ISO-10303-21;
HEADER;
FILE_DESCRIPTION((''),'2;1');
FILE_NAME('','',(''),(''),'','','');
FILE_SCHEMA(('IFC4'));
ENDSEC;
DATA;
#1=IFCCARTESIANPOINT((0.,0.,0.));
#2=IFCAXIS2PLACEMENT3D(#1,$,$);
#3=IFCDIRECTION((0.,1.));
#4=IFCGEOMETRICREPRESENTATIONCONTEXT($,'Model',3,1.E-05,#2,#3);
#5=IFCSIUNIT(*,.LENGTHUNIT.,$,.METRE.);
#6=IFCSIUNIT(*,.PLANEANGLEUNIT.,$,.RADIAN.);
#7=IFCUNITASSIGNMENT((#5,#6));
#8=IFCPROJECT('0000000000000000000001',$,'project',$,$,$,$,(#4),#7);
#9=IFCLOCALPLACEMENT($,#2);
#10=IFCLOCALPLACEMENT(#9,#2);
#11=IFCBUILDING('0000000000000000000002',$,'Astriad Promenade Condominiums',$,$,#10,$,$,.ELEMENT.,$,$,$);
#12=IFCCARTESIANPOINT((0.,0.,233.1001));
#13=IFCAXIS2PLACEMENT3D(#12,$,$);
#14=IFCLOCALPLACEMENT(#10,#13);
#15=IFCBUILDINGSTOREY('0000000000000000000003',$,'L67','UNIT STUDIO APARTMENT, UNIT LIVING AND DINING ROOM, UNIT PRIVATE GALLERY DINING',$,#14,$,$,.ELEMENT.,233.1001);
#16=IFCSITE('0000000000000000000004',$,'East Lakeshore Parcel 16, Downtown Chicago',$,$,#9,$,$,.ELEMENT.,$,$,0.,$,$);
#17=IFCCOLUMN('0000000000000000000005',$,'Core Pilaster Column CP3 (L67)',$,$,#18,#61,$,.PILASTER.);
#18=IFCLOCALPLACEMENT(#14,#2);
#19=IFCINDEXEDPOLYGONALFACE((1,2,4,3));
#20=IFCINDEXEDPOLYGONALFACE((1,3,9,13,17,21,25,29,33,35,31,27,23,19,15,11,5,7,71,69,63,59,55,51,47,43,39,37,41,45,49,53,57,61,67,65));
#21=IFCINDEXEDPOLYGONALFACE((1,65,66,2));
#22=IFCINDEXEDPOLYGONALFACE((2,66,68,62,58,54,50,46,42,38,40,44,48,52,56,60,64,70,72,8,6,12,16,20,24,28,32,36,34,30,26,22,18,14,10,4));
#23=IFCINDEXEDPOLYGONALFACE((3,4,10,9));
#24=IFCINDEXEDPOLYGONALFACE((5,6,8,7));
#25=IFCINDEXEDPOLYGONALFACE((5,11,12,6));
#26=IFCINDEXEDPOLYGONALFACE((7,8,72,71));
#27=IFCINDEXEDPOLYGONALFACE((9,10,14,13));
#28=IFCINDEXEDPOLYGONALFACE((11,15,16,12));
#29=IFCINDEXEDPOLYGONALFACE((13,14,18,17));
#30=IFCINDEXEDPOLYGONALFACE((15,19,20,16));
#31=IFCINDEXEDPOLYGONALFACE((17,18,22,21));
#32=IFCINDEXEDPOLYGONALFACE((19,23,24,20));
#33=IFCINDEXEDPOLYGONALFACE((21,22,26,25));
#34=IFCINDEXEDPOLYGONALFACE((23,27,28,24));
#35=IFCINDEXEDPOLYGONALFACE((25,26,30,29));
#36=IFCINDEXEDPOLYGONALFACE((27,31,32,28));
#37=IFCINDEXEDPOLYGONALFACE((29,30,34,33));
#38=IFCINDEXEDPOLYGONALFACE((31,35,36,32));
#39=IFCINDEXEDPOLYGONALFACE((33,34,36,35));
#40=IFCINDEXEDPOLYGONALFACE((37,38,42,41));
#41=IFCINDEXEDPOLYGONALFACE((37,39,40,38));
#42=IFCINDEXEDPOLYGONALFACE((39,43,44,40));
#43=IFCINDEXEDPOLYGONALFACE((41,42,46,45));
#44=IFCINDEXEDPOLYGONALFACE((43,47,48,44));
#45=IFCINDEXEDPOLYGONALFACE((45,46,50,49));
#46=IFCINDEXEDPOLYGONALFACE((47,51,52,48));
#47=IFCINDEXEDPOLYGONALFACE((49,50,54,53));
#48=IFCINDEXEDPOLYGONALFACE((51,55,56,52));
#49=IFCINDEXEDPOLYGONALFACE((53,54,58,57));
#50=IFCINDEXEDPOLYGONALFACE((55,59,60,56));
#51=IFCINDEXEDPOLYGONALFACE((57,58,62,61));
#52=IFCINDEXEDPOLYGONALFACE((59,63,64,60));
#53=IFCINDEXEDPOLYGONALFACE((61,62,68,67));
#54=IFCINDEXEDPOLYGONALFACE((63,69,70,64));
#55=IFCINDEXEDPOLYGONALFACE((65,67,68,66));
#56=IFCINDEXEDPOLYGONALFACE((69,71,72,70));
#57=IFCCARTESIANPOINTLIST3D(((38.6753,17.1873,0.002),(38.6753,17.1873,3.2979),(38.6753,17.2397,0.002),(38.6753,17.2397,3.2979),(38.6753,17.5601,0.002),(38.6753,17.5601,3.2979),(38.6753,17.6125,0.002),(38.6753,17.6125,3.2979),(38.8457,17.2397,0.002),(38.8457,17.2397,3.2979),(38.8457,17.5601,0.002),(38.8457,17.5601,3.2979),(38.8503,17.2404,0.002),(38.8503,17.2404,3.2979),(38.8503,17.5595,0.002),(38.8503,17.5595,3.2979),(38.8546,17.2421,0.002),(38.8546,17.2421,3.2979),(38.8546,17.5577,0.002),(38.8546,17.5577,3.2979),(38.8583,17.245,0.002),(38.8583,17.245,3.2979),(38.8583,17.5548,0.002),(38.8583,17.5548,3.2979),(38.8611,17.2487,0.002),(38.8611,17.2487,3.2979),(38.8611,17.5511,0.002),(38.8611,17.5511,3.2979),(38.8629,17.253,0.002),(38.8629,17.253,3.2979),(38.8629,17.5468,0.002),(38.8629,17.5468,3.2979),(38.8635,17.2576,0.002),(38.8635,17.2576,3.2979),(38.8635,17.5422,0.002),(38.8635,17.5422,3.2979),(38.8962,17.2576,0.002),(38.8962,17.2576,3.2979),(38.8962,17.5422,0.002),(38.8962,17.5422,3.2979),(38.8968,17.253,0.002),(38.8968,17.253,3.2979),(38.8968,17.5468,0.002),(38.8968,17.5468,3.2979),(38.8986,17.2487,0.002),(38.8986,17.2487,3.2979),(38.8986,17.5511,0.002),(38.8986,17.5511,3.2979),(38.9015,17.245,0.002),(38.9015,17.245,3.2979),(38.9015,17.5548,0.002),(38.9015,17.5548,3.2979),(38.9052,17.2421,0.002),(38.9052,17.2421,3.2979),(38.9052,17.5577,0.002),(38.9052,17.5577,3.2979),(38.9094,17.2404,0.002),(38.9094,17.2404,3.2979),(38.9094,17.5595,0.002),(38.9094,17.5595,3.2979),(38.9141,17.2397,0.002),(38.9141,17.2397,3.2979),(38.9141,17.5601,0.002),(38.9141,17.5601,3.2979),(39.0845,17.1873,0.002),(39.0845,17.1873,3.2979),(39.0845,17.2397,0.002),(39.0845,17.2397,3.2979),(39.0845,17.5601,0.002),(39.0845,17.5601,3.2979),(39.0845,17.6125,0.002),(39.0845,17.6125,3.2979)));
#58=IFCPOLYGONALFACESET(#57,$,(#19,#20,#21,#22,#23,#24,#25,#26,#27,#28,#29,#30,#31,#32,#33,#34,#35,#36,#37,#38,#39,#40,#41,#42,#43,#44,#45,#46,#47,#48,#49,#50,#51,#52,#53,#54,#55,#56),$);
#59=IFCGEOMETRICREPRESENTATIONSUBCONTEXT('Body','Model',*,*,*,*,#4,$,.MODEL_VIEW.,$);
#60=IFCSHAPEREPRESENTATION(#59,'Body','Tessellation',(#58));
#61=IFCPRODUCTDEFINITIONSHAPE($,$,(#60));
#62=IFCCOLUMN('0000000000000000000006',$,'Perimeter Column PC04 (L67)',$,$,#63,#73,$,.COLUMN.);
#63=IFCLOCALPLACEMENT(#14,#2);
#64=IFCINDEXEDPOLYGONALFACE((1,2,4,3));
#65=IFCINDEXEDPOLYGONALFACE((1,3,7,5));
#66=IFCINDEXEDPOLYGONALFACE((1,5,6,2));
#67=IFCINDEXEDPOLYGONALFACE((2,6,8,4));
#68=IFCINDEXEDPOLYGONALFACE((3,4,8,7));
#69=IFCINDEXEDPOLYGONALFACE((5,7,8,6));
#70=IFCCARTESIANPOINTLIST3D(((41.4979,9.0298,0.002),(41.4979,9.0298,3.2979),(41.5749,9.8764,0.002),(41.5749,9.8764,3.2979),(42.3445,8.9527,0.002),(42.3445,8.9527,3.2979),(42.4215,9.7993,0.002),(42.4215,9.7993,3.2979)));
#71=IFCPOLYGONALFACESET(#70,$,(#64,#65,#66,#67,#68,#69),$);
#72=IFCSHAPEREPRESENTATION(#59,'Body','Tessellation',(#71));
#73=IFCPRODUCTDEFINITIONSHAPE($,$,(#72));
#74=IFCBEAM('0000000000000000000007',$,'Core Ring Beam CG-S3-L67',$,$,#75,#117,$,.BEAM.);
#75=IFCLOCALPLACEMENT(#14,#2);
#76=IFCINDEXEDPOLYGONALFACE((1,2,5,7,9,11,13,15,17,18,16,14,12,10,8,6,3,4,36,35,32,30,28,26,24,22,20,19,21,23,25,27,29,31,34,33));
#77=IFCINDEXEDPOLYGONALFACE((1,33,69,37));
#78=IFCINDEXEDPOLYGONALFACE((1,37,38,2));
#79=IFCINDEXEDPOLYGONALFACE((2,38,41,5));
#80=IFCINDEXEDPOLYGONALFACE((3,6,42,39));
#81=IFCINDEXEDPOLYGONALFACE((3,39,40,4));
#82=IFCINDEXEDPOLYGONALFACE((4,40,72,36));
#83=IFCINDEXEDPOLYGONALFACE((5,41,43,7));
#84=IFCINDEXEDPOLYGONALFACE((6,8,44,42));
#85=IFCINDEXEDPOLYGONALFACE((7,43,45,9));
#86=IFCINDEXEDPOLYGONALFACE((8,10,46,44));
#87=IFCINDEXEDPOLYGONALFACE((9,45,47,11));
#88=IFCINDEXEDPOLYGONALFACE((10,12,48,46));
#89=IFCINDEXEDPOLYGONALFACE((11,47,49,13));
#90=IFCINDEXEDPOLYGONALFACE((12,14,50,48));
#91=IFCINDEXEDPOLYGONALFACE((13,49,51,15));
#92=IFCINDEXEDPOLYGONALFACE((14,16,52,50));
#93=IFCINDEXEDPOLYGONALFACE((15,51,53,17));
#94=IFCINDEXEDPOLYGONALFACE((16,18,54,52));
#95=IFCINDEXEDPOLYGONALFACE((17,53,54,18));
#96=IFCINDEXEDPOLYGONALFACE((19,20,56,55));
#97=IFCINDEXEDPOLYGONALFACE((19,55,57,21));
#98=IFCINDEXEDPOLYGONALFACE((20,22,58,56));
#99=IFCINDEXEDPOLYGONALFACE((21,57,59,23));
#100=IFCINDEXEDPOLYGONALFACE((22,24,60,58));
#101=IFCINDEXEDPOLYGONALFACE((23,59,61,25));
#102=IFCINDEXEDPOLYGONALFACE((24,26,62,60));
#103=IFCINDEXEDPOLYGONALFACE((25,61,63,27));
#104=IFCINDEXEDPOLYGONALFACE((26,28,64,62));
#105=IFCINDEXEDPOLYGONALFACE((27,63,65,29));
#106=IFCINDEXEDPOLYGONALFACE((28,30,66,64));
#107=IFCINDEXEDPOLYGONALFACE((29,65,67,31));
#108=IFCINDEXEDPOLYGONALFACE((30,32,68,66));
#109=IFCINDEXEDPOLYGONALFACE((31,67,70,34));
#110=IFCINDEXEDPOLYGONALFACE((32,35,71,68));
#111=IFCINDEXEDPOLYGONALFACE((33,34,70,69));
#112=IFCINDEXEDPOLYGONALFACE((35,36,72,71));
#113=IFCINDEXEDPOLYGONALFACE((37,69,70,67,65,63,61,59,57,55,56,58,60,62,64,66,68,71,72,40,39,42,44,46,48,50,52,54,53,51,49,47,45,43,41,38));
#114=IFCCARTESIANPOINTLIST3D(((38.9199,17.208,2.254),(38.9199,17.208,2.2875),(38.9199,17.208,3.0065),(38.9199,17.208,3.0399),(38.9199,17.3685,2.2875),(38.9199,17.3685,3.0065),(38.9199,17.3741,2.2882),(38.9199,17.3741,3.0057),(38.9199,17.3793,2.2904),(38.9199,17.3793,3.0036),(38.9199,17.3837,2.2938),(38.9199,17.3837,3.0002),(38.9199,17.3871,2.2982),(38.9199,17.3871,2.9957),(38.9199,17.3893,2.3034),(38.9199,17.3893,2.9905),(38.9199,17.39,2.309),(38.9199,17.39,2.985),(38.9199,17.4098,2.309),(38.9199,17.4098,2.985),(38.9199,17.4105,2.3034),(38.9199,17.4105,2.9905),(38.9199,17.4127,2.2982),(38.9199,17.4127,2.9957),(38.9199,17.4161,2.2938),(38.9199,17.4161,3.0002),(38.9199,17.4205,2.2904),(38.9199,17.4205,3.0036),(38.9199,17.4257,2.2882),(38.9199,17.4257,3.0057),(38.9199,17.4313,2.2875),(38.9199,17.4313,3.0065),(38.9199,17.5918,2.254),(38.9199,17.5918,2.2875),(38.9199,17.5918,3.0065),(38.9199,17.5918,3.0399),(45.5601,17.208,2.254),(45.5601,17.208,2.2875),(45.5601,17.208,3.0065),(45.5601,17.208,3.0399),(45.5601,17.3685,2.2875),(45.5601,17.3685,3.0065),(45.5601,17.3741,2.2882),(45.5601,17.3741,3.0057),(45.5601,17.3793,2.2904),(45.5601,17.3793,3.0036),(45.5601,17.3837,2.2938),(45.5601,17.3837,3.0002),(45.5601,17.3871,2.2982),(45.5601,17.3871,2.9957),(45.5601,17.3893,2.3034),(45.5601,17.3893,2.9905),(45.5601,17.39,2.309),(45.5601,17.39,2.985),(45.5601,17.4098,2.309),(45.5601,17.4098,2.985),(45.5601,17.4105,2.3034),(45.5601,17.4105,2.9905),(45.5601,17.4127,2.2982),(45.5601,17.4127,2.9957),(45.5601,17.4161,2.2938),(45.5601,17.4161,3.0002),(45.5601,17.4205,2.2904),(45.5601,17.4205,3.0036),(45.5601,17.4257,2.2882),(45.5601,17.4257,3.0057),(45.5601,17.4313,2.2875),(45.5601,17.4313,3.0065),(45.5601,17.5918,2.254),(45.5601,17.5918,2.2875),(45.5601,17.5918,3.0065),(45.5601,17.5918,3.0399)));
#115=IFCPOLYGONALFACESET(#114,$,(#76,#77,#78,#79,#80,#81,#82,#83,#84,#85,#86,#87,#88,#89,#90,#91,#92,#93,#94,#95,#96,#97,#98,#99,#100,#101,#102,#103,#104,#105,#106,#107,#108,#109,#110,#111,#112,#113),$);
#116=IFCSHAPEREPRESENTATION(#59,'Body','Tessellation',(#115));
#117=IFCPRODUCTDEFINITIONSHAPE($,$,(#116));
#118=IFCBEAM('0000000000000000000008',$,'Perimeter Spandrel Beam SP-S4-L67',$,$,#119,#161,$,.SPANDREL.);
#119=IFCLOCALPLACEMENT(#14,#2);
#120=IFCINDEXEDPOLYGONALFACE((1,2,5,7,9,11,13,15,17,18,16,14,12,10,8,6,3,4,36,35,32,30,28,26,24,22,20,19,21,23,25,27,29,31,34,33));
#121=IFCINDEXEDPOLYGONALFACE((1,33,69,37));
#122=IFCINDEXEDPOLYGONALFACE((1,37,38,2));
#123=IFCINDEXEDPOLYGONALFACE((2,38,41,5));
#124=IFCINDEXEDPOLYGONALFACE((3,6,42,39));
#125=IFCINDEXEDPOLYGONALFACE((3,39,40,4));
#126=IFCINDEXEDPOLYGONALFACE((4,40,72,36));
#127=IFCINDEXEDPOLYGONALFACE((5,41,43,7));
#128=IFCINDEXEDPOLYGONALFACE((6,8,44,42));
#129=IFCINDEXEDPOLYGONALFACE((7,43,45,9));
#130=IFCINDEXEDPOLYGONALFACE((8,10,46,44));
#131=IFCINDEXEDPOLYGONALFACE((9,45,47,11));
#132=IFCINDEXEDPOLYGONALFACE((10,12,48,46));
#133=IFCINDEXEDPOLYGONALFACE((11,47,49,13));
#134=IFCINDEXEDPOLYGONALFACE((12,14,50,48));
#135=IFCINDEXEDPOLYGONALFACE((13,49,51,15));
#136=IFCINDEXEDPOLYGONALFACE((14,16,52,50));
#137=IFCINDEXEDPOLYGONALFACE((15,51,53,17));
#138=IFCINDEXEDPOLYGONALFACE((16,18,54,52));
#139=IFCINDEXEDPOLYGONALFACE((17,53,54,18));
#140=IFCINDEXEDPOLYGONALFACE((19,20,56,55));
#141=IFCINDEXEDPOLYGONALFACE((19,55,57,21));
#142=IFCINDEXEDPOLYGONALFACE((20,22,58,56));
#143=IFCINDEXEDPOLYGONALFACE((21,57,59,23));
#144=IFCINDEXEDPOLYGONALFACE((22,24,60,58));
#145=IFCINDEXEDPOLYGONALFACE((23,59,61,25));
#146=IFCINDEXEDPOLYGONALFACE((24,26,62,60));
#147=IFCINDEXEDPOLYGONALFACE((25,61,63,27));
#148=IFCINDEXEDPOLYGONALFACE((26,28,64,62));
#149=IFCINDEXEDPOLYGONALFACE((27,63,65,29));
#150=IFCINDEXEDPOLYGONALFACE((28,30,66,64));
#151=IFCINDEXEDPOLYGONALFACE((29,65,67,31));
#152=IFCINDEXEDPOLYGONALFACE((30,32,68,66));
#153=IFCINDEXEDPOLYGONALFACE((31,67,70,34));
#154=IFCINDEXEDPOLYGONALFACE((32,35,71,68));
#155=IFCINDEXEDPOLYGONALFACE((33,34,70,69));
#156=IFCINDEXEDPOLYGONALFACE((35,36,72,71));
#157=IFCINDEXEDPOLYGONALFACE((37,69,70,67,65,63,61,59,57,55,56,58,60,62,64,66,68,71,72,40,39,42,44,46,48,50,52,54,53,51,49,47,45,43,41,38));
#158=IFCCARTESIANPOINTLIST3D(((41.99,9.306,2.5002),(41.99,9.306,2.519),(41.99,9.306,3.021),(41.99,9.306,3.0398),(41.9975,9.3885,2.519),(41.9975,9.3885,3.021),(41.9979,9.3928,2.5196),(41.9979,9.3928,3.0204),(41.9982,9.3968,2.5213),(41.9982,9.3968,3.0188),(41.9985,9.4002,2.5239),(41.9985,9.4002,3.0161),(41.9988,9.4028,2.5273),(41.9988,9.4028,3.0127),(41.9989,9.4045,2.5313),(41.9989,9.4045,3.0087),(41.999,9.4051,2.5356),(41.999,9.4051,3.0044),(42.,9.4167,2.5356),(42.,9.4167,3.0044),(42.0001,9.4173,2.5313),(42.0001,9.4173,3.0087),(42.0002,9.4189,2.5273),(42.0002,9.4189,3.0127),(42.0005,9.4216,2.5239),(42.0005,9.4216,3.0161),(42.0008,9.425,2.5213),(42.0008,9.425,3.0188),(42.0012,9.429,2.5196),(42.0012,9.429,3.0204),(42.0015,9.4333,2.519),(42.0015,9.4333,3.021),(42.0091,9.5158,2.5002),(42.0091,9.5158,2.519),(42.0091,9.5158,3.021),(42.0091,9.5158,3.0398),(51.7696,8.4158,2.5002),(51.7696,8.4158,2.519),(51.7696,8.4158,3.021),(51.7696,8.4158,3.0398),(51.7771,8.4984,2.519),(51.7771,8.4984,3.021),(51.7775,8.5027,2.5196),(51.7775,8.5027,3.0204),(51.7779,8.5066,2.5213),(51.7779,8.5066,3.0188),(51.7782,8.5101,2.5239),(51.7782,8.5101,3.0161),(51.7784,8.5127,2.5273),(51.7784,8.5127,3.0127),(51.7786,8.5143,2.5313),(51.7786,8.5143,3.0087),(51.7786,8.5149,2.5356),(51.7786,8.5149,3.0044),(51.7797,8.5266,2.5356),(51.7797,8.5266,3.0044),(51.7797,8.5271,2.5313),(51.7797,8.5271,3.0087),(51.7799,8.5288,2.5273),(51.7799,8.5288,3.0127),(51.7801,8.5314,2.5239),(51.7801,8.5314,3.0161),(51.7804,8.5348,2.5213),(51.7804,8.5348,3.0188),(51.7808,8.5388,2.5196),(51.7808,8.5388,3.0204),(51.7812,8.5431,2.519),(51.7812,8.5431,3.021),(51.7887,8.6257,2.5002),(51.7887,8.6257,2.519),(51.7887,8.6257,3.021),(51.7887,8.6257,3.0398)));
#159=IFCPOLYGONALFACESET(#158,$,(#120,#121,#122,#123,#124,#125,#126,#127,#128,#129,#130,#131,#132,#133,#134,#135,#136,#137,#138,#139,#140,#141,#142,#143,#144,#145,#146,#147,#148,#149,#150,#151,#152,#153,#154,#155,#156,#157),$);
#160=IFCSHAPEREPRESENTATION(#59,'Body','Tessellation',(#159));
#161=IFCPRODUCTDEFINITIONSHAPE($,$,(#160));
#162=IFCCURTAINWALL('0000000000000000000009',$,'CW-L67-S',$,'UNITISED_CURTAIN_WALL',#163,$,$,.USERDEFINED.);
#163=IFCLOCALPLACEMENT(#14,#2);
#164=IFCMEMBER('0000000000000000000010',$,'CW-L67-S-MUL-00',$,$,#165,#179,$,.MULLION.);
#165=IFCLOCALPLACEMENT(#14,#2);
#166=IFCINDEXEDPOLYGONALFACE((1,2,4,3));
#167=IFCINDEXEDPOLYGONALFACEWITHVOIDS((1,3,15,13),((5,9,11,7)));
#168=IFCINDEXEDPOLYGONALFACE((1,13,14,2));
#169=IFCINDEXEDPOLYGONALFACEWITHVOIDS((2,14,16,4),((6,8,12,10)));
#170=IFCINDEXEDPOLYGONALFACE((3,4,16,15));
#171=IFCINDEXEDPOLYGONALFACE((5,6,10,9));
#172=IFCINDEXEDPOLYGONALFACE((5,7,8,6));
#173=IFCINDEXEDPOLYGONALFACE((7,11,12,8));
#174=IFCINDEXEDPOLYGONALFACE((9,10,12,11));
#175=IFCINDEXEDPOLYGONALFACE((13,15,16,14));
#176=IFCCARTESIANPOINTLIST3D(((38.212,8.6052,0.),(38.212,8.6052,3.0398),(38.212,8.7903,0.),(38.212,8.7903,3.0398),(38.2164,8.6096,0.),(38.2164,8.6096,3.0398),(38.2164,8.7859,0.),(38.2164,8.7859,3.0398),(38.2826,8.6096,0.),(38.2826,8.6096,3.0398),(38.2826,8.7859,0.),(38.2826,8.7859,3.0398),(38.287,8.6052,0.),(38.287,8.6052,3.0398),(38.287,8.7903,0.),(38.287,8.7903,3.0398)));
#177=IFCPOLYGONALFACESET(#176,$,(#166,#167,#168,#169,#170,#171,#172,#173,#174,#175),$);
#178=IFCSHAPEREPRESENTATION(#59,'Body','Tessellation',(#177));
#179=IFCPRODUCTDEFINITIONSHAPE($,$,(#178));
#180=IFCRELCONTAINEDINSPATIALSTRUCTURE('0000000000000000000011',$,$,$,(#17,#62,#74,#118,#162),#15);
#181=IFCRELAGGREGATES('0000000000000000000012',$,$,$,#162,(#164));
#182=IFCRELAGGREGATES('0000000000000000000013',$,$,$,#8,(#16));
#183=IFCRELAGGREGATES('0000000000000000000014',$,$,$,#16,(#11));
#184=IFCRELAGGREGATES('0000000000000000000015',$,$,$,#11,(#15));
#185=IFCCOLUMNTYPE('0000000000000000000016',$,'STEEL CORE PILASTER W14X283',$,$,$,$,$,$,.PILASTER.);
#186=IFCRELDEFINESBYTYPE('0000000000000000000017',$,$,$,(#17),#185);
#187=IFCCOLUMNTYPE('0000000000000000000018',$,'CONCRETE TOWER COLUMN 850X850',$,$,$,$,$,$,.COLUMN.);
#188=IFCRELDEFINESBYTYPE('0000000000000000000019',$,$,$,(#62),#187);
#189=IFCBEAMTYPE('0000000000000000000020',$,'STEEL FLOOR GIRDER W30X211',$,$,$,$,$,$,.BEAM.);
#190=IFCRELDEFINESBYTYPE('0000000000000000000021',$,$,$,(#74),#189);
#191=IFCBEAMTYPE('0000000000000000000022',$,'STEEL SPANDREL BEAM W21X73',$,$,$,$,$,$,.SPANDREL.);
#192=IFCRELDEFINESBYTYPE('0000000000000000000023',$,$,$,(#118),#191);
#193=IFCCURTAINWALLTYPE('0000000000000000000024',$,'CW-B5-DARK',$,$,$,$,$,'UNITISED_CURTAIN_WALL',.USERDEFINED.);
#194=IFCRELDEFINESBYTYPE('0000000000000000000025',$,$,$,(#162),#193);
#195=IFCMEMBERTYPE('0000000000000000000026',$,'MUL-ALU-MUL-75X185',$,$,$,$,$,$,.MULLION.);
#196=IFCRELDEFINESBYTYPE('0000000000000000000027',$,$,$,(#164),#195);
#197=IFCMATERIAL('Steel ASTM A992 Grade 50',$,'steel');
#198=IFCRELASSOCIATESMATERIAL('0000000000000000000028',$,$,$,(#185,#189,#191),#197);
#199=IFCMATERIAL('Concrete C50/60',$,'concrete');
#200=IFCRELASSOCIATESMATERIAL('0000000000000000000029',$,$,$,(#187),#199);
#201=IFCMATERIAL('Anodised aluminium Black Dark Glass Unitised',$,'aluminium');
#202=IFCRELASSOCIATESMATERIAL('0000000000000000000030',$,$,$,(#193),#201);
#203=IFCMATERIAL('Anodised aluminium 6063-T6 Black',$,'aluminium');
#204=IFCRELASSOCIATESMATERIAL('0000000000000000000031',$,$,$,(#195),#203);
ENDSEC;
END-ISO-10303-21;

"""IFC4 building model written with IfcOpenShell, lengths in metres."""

from ifc_helpers import new_model, si_unit, direction, frame, origin, origin_2d, place, context, subcontext, project, spatial, rectangle, hollow_rectangle, i_section, extrude, source, transform, mapped, material, material_profile, profile_set, type_object, type_shapes, element, aggregate, save


model = new_model("IFC4")

# Units and contexts
model_context = context("Model", 3, precision=1e-05, world=origin(), true_north=direction((0.0, 1.0)))
body_context = subcontext(model_context, "Body", "Model", "MODEL_VIEW")
ifc_project = project(units=[si_unit("LENGTHUNIT", "METRE"), si_unit("PLANEANGLEUNIT", "RADIAN")], contexts=[model_context])

# Site, building, storey
site_placement = place(None, origin())
site = spatial("IfcSite", under=ifc_project, at=site_placement, Name="East Lakeshore Parcel 16, Downtown Chicago", CompositionType="ELEMENT", RefElevation=0.0)
building_placement = place(site_placement, origin())
building = spatial("IfcBuilding", under=site, at=building_placement, Name="Astriad Promenade Condominiums", CompositionType="ELEMENT")
storey_placement = place(building_placement, frame((0.0, 0.0, 233.1001)))
storey = spatial("IfcBuildingStorey", under=building, at=storey_placement, Name="L67", Description="UNIT STUDIO APARTMENT, UNIT LIVING AND DINING ROOM, UNIT PRIVATE GALLERY DINING", CompositionType="ELEMENT", Elevation=233.1001)

# Columns
ifc_material_1 = material(Name="Steel ASTM A992 Grade 50", Category="steel")
ifc_material_profile_1 = material_profile(ifc_material_1, i_section(OverallWidth=0.4092, OverallDepth=0.4253, WebThickness=0.0327, FlangeThickness=0.0525, FilletRadius=0.0178, at=origin_2d()), Name="W14X283")
ifc_profile_set_1 = profile_set([ifc_material_profile_1], Name="Steel ASTM A992 Grade 50")
column_type_1 = type_object("IfcColumnType", Name="STEEL CORE PILASTER W14X283", PredefinedType="PILASTER", material=ifc_profile_set_1)
shared_shape_1 = source(origin(), body_context, "Body", "SweptSolid", [
    extrude(i_section(OverallWidth=0.4092, OverallDepth=0.4253, WebThickness=0.0327, FlangeThickness=0.0525, FilletRadius=0.0178, at=origin_2d()), origin(), (0.0, 0.0, 1.0), 3.2959),
])
type_shapes(column_type_1, [shared_shape_1])
column_1_placement = place(storey_placement, frame((38.8799, 17.3999, 0.002), z_axis=(0.0, 0.0, 1.0), x_axis=(1.0, 0.0, 0.0)))
element("IfcColumn", 1, at=column_1_placement, inside=storey, type_object=column_type_1, Name="Core Pilaster Column CP3 (L67)", PredefinedType="PILASTER", context=body_context, shape_type="MappedRepresentation", body=[
    mapped(shared_shape_1, transform((0.0, 0.0, 0.0), scale=1.0)),
])
ifc_material_2 = material(Name="Concrete C50/60", Category="concrete")
ifc_material_profile_2 = material_profile(ifc_material_2, rectangle(XDim=0.8501, YDim=0.8501, at=origin_2d()), Name="RC-COL-850X850")
ifc_profile_set_2 = profile_set([ifc_material_profile_2], Name="Concrete C50/60")
column_type_2 = type_object("IfcColumnType", Name="CONCRETE TOWER COLUMN 850X850", PredefinedType="COLUMN", material=ifc_profile_set_2)
shared_shape_2 = source(origin(), body_context, "Body", "SweptSolid", [
    extrude(rectangle(XDim=0.8501, YDim=0.8501, at=origin_2d()), origin(), (0.0, 0.0, 1.0), 3.2959),
])
type_shapes(column_type_2, [shared_shape_2])
column_2_placement = place(storey_placement, frame((41.9597, 9.4146, 0.002), z_axis=(0.0, 0.0, 1.0), x_axis=(0.995884, -0.090633, 0.0)))
element("IfcColumn", 2, at=column_2_placement, inside=storey, type_object=column_type_2, Name="Perimeter Column PC04 (L67)", PredefinedType="COLUMN", context=body_context, shape_type="MappedRepresentation", body=[
    mapped(shared_shape_2, transform((0.0, 0.0, 0.0), scale=1.0)),
])

# Beams
ifc_material_profile_3 = material_profile(ifc_material_1, i_section(OverallWidth=0.3838, OverallDepth=0.7859, WebThickness=0.0198, FlangeThickness=0.0334, FilletRadius=0.0215, at=origin_2d()), Name="W30X211")
ifc_profile_set_3 = profile_set([ifc_material_profile_3], Name="Steel ASTM A992 Grade 50")
beam_type_1 = type_object("IfcBeamType", Name="STEEL FLOOR GIRDER W30X211", PredefinedType="BEAM", material=ifc_profile_set_3)
shared_shape_3 = source(origin(), body_context, "Body", "SweptSolid", [
    extrude(i_section(OverallWidth=0.3838, OverallDepth=0.7859, WebThickness=0.0198, FlangeThickness=0.0334, FilletRadius=0.0215, at=origin_2d()), origin(), (0.0, 0.0, 1.0), 6.6401),
])
type_shapes(beam_type_1, [shared_shape_3])
beam_1_placement = place(storey_placement, frame((38.9199, 17.3999, 2.647), z_axis=(1.0, 0.0, 0.0), x_axis=(0.0, 1.0, 0.0)))
element("IfcBeam", 3, at=beam_1_placement, inside=storey, type_object=beam_type_1, Name="Core Ring Beam CG-S3-L67", PredefinedType="BEAM", context=body_context, shape_type="MappedRepresentation", body=[
    mapped(shared_shape_3, transform((0.0, 0.0, 0.0), scale=1.0)),
])
ifc_material_profile_4 = material_profile(ifc_material_1, i_section(OverallWidth=0.2107, OverallDepth=0.5396, WebThickness=0.0117, FlangeThickness=0.0188, FilletRadius=0.0166, at=origin_2d()), Name="W21X73")
ifc_profile_set_4 = profile_set([ifc_material_profile_4], Name="Steel ASTM A992 Grade 50")
beam_type_2 = type_object("IfcBeamType", Name="STEEL SPANDREL BEAM W21X73", PredefinedType="SPANDREL", material=ifc_profile_set_4)
shared_shape_4 = source(origin(), body_context, "Body", "SweptSolid", [
    extrude(i_section(OverallWidth=0.2107, OverallDepth=0.5396, WebThickness=0.0117, FlangeThickness=0.0188, FilletRadius=0.0166, at=origin_2d()), origin(), (0.0, 0.0, 1.0), 9.8201),
])
type_shapes(beam_type_2, [shared_shape_4])
beam_2_placement = place(storey_placement, frame((41.9995, 9.4109, 2.77), z_axis=(0.995883, -0.090646, 0.0), x_axis=(0.090646, 0.995883, 0.0)))
element("IfcBeam", 4, at=beam_2_placement, inside=storey, type_object=beam_type_2, Name="Perimeter Spandrel Beam SP-S4-L67", PredefinedType="SPANDREL", context=body_context, shape_type="MappedRepresentation", body=[
    mapped(shared_shape_4, transform((0.0, 0.0, 0.0), scale=1.0)),
])

# Curtain wall, member
ifc_material_3 = material(Name="Anodised aluminium Black Dark Glass Unitised", Category="aluminium")
curtain_wall_type = type_object("IfcCurtainWallType", Name="CW-B5-DARK", ElementType="UNITISED_CURTAIN_WALL", PredefinedType="USERDEFINED", material=ifc_material_3)
curtain_wall_placement = place(storey_placement, origin())
curtain_wall = element("IfcCurtainWall", 5, at=curtain_wall_placement, inside=storey, type_object=curtain_wall_type, Name="CW-L67-S", ObjectType="UNITISED_CURTAIN_WALL", PredefinedType="USERDEFINED")
ifc_material_4 = material(Name="Anodised aluminium 6063-T6 Black", Category="aluminium")
ifc_material_profile_5 = material_profile(ifc_material_4, hollow_rectangle(XDim=0.075, YDim=0.1851, WallThickness=0.0044, at=origin_2d()), Name="ALU-MUL-75X185")
ifc_profile_set_5 = profile_set([ifc_material_profile_5], Name="Anodised aluminium 6063-T6 Black")
member_type_1 = type_object("IfcMemberType", Name="MUL-ALU-MUL-75X185", PredefinedType="MULLION", material=ifc_profile_set_5)
shared_shape_5 = source(origin(), body_context, "Body", "SweptSolid", [
    extrude(hollow_rectangle(XDim=0.075, YDim=0.1851, WallThickness=0.0044, at=origin_2d()), origin(), (0.0, 0.0, 1.0), 3.0398),
])
type_shapes(member_type_1, [shared_shape_5])
member_1_placement = place(storey_placement, frame((38.2495, 8.6978, 0.0), z_axis=(0.0, 0.0, 1.0), x_axis=(1.0, 0.0, 0.0)))
member_1 = element("IfcMember", 6, at=member_1_placement, type_object=member_type_1, Name="CW-L67-S-MUL-00", PredefinedType="MULLION", context=body_context, shape_type="MappedRepresentation", body=[
    mapped(shared_shape_5, transform((0.0, 0.0, 0.0), scale=1.0)),
])
aggregate(curtain_wall, [member_1])

save(model, "model.ifc")
